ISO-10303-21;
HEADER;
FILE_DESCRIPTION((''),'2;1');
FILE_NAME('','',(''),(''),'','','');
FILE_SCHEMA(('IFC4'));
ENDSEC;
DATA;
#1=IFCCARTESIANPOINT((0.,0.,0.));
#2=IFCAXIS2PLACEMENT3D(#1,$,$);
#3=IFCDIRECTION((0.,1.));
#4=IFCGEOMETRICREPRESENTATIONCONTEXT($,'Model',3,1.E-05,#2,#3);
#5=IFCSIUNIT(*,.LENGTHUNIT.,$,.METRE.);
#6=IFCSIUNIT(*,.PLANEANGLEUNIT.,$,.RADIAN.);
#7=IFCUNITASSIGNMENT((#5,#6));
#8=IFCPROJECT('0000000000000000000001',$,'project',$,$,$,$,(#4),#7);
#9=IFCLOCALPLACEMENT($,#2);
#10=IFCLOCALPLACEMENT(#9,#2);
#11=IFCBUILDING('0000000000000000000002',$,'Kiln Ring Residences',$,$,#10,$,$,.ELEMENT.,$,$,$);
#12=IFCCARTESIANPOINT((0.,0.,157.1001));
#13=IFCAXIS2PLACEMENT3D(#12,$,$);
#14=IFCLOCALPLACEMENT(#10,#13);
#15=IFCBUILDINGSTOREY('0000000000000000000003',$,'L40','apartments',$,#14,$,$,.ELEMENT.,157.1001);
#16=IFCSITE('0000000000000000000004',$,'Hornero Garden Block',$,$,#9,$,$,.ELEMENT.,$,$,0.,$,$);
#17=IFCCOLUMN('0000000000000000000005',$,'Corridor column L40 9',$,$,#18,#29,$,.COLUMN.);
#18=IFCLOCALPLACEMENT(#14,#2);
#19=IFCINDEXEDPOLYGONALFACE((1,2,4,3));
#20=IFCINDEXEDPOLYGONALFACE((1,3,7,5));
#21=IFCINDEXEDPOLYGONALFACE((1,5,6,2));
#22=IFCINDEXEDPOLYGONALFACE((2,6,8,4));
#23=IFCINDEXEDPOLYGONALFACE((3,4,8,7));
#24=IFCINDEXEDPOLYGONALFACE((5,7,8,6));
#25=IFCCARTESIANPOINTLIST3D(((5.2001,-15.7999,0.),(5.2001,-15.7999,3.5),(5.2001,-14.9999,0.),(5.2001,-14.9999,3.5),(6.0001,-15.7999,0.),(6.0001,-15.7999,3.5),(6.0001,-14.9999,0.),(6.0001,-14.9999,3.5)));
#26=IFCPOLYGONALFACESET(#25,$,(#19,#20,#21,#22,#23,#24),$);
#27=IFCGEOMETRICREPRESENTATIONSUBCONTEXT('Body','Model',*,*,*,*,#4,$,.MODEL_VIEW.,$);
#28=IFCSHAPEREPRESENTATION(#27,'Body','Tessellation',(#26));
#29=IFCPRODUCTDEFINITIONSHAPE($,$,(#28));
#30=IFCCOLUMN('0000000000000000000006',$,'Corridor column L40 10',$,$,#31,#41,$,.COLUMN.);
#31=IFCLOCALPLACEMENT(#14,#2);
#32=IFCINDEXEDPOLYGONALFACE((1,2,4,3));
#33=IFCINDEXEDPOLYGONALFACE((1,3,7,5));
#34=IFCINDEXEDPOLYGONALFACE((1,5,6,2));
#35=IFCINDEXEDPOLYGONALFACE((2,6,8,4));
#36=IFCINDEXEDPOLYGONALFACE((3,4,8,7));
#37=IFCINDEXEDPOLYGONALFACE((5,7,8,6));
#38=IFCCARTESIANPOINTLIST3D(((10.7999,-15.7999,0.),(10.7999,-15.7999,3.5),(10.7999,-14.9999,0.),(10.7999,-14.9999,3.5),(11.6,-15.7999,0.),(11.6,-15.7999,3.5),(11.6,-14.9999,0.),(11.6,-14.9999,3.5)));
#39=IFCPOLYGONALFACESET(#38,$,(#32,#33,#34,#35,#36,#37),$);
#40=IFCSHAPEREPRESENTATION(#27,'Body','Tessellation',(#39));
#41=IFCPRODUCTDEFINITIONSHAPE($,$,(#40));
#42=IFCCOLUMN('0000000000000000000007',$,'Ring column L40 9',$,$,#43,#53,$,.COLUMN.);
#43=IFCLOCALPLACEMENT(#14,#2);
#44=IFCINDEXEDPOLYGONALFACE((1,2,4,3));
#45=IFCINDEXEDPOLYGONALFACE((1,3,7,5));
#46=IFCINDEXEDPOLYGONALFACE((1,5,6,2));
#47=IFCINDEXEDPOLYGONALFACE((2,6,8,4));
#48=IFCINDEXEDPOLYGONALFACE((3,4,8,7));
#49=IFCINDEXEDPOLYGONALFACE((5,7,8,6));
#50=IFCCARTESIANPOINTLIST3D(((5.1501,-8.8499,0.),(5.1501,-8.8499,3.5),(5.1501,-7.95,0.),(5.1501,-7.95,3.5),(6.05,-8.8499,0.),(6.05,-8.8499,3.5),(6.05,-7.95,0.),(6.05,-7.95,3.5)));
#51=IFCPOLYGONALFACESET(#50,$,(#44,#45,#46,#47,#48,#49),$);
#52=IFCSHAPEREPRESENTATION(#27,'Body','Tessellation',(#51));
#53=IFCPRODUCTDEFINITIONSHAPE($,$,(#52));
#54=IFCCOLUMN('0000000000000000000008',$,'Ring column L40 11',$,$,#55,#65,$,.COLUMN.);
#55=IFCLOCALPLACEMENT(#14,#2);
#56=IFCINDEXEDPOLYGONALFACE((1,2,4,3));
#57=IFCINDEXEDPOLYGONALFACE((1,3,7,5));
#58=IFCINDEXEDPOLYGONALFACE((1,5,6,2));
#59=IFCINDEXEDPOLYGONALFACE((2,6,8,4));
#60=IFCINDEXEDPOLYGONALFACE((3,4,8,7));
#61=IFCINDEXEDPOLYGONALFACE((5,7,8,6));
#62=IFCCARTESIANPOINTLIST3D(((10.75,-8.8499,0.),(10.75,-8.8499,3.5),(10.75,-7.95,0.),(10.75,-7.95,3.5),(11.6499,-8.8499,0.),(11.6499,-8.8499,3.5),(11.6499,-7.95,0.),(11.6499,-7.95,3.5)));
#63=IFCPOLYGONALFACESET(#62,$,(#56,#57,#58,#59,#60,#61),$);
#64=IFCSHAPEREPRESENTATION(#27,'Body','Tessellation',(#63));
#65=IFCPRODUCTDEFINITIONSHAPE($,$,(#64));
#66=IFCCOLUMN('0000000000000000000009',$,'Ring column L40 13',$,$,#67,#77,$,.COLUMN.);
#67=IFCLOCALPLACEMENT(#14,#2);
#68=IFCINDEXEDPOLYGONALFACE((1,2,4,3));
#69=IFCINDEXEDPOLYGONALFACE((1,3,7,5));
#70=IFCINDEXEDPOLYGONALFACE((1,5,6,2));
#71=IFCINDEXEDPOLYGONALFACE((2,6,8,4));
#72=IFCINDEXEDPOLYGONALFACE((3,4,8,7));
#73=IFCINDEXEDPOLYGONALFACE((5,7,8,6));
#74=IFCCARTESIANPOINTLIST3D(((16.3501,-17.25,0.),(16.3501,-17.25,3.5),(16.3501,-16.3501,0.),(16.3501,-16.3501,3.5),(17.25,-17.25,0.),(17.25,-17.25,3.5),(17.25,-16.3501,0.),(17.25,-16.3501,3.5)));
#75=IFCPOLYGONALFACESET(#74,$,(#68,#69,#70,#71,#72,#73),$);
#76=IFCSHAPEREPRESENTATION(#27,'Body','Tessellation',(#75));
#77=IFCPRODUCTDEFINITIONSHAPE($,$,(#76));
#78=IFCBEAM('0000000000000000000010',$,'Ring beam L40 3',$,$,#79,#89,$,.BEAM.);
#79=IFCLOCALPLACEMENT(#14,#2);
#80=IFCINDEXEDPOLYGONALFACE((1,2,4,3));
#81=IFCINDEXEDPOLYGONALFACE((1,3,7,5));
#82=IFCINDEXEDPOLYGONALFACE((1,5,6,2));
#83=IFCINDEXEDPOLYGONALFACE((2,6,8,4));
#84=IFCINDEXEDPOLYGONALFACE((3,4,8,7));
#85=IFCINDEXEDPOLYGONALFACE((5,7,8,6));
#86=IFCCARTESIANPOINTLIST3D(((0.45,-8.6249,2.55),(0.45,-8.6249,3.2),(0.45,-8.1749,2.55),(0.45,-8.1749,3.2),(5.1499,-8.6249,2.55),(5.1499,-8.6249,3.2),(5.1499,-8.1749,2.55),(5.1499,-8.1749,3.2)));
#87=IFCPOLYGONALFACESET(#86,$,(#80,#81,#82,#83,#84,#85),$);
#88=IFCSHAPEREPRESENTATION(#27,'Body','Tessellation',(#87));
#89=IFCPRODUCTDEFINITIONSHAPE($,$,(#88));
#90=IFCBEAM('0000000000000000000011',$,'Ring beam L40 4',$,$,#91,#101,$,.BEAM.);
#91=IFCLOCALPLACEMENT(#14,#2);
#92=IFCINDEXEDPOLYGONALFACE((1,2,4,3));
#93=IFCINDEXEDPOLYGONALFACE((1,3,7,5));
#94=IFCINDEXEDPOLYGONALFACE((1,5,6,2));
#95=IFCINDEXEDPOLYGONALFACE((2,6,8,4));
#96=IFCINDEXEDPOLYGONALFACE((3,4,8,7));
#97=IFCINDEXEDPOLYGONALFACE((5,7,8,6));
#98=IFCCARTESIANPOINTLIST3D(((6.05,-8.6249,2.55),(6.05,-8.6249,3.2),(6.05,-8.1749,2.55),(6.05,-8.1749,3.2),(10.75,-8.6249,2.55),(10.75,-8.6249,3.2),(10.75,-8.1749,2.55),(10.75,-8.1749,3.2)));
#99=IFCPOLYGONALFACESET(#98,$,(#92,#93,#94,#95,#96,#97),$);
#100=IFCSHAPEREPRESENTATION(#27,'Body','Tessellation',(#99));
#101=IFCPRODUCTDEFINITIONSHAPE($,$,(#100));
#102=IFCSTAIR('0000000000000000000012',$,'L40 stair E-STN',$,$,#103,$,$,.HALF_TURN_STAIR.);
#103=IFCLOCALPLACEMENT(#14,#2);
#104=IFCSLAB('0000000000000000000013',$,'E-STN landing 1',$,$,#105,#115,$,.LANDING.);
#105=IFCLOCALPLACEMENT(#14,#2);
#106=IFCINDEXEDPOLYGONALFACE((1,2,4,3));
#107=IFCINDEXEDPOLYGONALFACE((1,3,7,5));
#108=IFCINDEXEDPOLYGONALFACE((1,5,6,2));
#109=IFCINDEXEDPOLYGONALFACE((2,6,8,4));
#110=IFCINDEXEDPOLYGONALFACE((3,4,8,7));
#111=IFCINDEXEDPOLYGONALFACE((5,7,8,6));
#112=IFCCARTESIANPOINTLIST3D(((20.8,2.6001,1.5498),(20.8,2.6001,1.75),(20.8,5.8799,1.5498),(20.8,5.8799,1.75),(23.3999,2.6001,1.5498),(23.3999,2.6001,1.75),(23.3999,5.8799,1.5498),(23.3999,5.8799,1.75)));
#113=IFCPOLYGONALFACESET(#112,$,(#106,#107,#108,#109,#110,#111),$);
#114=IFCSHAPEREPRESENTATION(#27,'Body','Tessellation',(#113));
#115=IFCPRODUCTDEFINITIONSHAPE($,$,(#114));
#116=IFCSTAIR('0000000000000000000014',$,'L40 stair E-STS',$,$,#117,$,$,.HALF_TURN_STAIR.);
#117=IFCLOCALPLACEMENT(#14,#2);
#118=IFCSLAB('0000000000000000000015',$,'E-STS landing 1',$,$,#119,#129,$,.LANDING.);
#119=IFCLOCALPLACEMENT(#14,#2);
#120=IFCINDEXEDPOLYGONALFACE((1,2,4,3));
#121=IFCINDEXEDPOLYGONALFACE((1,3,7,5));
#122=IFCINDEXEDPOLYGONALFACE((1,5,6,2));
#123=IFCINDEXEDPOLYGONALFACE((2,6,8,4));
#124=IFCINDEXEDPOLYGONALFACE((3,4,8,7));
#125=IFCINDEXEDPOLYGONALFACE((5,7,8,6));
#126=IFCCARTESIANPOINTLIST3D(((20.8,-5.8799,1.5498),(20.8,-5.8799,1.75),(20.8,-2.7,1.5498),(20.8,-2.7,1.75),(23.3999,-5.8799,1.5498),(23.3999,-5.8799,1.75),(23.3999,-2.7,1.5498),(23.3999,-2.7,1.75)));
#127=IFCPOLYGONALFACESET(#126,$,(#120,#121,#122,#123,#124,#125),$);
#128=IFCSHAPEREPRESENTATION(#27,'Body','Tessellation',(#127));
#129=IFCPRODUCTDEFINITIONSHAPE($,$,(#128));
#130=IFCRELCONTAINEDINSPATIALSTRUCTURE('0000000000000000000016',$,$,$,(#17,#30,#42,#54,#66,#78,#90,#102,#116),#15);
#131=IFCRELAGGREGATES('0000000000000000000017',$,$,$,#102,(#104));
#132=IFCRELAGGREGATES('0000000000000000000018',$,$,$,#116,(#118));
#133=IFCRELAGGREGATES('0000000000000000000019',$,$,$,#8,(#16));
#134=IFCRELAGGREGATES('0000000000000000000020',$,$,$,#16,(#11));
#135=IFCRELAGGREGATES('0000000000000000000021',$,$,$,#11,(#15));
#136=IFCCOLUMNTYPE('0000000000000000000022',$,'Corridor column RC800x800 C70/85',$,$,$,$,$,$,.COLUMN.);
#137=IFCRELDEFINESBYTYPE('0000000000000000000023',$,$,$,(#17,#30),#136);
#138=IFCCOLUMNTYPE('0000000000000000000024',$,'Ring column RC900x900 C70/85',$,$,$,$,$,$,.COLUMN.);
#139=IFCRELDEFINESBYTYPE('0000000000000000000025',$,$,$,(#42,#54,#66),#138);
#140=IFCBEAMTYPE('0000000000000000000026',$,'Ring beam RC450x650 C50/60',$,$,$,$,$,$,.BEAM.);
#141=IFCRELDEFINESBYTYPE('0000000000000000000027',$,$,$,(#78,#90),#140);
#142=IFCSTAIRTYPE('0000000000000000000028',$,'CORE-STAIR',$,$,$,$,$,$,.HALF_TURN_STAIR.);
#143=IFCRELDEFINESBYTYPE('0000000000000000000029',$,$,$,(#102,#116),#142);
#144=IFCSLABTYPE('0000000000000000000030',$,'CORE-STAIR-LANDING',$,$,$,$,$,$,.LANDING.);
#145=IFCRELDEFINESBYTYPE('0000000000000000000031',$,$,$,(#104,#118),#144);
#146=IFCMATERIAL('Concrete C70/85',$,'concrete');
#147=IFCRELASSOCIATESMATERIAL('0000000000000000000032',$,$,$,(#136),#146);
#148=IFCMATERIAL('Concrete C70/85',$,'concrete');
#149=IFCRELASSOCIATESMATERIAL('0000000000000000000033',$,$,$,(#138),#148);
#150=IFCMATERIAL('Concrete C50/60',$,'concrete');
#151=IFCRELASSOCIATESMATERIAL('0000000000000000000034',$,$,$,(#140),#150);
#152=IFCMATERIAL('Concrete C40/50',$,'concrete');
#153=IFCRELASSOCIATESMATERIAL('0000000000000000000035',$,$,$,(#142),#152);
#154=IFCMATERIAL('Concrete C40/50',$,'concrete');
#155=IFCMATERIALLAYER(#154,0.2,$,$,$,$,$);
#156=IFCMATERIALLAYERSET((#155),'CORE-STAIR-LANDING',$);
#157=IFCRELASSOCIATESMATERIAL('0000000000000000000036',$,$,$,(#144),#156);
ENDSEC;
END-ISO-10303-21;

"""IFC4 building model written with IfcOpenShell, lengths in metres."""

from ifc_helpers import new_model, si_unit, direction, frame, origin, origin_2d, place, context, subcontext, project, spatial, polyline, rectangle, outline, extrude, material, layer, layer_set, material_profile, profile_set, type_object, element, aggregate, save


model = new_model("IFC4")

# Units and contexts
model_context = context("Model", 3, precision=1e-05, world=origin(), true_north=direction((0.0, 1.0)))
body_context = subcontext(model_context, "Body", "Model", "MODEL_VIEW")
ifc_project = project(units=[si_unit("LENGTHUNIT", "METRE"), si_unit("PLANEANGLEUNIT", "RADIAN")], contexts=[model_context])

# Site, building, storey
site_placement = place(None, origin())
site = spatial("IfcSite", under=ifc_project, at=site_placement, Name="Hornero Garden Block", CompositionType="ELEMENT", RefElevation=0.0)
building_placement = place(site_placement, origin())
building = spatial("IfcBuilding", under=site, at=building_placement, Name="Kiln Ring Residences", CompositionType="ELEMENT")
storey_placement = place(building_placement, frame((0.0, 0.0, 157.1001)))
storey = spatial("IfcBuildingStorey", under=building, at=storey_placement, Name="L40", Description="apartments", CompositionType="ELEMENT", Elevation=157.1001)

# Columns
ifc_material_1 = material(Name="Concrete C70/85", Category="concrete")
ifc_material_profile_1 = material_profile(ifc_material_1, rectangle(XDim=0.8, YDim=0.8, at=origin_2d()), Name="RC800x800")
ifc_profile_set_1 = profile_set([ifc_material_profile_1], Name="Concrete C70/85")
column_type_1 = type_object("IfcColumnType", Name="Corridor column RC800x800 C70/85", PredefinedType="COLUMN", material=ifc_profile_set_1)
for number, where, z_axis, x_axis, name in (
    (1, (5.6001, -15.3999, 0.0), (0.0, 0.0, 1.0), (1.0, 0.0, 0.0), "Corridor column L40 9"),
    (2, (11.2, -15.3999, 0.0), (0.0, 0.0, 1.0), (1.0, 0.0, 0.0), "Corridor column L40 10"),
):
    element("IfcColumn", number, at=place(storey_placement, frame(where, z_axis=z_axis, x_axis=x_axis)), inside=storey, type_object=column_type_1, Name=name, PredefinedType="COLUMN", context=body_context, shape_type="SweptSolid", body=[
        extrude(rectangle(XDim=0.8, YDim=0.8, at=origin_2d()), origin(), (0.0, 0.0, 1.0), 3.5),
    ])
ifc_material_2 = material(Name="Concrete C70/85", Category="concrete")
ifc_material_profile_2 = material_profile(ifc_material_2, rectangle(XDim=0.8999, YDim=0.8999, at=origin_2d()), Name="RC900x900")
ifc_profile_set_2 = profile_set([ifc_material_profile_2], Name="Concrete C70/85")
column_type_2 = type_object("IfcColumnType", Name="Ring column RC900x900 C70/85", PredefinedType="COLUMN", material=ifc_profile_set_2)
for number, where, z_axis, x_axis, name in (
    (3, (5.6001, -8.3999, 0.0), (0.0, 0.0, 1.0), (1.0, 0.0, 0.0), "Ring column L40 9"),
    (4, (11.2, -8.3999, 0.0), (0.0, 0.0, 1.0), (1.0, 0.0, 0.0), "Ring column L40 11"),
    (5, (16.8, -16.8, 0.0), (0.0, 0.0, 1.0), (1.0, 0.0, 0.0), "Ring column L40 13"),
):
    element("IfcColumn", number, at=place(storey_placement, frame(where, z_axis=z_axis, x_axis=x_axis)), inside=storey, type_object=column_type_2, Name=name, PredefinedType="COLUMN", context=body_context, shape_type="SweptSolid", body=[
        extrude(rectangle(XDim=0.8999, YDim=0.8999, at=origin_2d()), origin(), (0.0, 0.0, 1.0), 3.5),
    ])

# Beams
ifc_material_3 = material(Name="Concrete C50/60", Category="concrete")
ifc_material_profile_3 = material_profile(ifc_material_3, rectangle(XDim=0.45, YDim=0.6499, at=origin_2d()), Name="RC450x650")
ifc_profile_set_3 = profile_set([ifc_material_profile_3], Name="Concrete C50/60")
beam_type = type_object("IfcBeamType", Name="Ring beam RC450x650 C50/60", PredefinedType="BEAM", material=ifc_profile_set_3)
for number, where, z_axis, x_axis, name in (
    (6, (0.45, -8.3999, 2.875), (1.0, 0.0, 0.0), (0.0, 1.0, 0.0), "Ring beam L40 3"),
    (7, (6.05, -8.3999, 2.875), (1.0, 0.0, 0.0), (0.0, 1.0, 0.0), "Ring beam L40 4"),
):
    element("IfcBeam", number, at=place(storey_placement, frame(where, z_axis=z_axis, x_axis=x_axis)), inside=storey, type_object=beam_type, Name=name, PredefinedType="BEAM", context=body_context, shape_type="SweptSolid", body=[
        extrude(rectangle(XDim=0.45, YDim=0.6499, at=origin_2d()), origin(), (0.0, 0.0, 1.0), 4.7),
    ])

# Stairs, slabs
ifc_material_4 = material(Name="Concrete C40/50", Category="concrete")
stair_type = type_object("IfcStairType", Name="CORE-STAIR", PredefinedType="HALF_TURN_STAIR", material=ifc_material_4)
placement_1 = place(storey_placement, origin())
stair_1 = element("IfcStair", 8, at=placement_1, inside=storey, type_object=stair_type, Name="L40 stair E-STN", PredefinedType="HALF_TURN_STAIR")
ifc_material_5 = material(Name="Concrete C40/50", Category="concrete")
ifc_layer_1 = layer(ifc_material_5, 0.2)
ifc_layer_set_1 = layer_set([ifc_layer_1], Name="CORE-STAIR-LANDING")
slab_type = type_object("IfcSlabType", Name="CORE-STAIR-LANDING", PredefinedType="LANDING", material=ifc_layer_set_1)
placement_2 = place(storey_placement, frame((0.0, 0.0, 1.5498)))
slab_1 = element("IfcSlab", 9, at=placement_2, type_object=slab_type, Name="E-STN landing 1", PredefinedType="LANDING", context=body_context, shape_type="SweptSolid", body=[
    extrude(outline(polyline([(20.8, 5.8799), (20.8, 2.6001), (23.3999, 2.6001), (23.3999, 5.8799), (20.8, 5.8799)])), origin(), (0.0, 0.0, 1.0), 0.2002),
])
aggregate(stair_1, [slab_1])
stair_2 = element("IfcStair", 10, at=placement_1, inside=storey, type_object=stair_type, Name="L40 stair E-STS", PredefinedType="HALF_TURN_STAIR")
slab_2 = element("IfcSlab", 11, at=placement_2, type_object=slab_type, Name="E-STS landing 1", PredefinedType="LANDING", context=body_context, shape_type="SweptSolid", body=[
    extrude(outline(polyline([(23.3999, -5.8799), (23.3999, -2.7), (20.8, -2.7), (20.8, -5.8799), (23.3999, -5.8799)])), origin(), (0.0, 0.0, 1.0), 0.2002),
])
aggregate(stair_2, [slab_2])

save(model, "model.ifc")
